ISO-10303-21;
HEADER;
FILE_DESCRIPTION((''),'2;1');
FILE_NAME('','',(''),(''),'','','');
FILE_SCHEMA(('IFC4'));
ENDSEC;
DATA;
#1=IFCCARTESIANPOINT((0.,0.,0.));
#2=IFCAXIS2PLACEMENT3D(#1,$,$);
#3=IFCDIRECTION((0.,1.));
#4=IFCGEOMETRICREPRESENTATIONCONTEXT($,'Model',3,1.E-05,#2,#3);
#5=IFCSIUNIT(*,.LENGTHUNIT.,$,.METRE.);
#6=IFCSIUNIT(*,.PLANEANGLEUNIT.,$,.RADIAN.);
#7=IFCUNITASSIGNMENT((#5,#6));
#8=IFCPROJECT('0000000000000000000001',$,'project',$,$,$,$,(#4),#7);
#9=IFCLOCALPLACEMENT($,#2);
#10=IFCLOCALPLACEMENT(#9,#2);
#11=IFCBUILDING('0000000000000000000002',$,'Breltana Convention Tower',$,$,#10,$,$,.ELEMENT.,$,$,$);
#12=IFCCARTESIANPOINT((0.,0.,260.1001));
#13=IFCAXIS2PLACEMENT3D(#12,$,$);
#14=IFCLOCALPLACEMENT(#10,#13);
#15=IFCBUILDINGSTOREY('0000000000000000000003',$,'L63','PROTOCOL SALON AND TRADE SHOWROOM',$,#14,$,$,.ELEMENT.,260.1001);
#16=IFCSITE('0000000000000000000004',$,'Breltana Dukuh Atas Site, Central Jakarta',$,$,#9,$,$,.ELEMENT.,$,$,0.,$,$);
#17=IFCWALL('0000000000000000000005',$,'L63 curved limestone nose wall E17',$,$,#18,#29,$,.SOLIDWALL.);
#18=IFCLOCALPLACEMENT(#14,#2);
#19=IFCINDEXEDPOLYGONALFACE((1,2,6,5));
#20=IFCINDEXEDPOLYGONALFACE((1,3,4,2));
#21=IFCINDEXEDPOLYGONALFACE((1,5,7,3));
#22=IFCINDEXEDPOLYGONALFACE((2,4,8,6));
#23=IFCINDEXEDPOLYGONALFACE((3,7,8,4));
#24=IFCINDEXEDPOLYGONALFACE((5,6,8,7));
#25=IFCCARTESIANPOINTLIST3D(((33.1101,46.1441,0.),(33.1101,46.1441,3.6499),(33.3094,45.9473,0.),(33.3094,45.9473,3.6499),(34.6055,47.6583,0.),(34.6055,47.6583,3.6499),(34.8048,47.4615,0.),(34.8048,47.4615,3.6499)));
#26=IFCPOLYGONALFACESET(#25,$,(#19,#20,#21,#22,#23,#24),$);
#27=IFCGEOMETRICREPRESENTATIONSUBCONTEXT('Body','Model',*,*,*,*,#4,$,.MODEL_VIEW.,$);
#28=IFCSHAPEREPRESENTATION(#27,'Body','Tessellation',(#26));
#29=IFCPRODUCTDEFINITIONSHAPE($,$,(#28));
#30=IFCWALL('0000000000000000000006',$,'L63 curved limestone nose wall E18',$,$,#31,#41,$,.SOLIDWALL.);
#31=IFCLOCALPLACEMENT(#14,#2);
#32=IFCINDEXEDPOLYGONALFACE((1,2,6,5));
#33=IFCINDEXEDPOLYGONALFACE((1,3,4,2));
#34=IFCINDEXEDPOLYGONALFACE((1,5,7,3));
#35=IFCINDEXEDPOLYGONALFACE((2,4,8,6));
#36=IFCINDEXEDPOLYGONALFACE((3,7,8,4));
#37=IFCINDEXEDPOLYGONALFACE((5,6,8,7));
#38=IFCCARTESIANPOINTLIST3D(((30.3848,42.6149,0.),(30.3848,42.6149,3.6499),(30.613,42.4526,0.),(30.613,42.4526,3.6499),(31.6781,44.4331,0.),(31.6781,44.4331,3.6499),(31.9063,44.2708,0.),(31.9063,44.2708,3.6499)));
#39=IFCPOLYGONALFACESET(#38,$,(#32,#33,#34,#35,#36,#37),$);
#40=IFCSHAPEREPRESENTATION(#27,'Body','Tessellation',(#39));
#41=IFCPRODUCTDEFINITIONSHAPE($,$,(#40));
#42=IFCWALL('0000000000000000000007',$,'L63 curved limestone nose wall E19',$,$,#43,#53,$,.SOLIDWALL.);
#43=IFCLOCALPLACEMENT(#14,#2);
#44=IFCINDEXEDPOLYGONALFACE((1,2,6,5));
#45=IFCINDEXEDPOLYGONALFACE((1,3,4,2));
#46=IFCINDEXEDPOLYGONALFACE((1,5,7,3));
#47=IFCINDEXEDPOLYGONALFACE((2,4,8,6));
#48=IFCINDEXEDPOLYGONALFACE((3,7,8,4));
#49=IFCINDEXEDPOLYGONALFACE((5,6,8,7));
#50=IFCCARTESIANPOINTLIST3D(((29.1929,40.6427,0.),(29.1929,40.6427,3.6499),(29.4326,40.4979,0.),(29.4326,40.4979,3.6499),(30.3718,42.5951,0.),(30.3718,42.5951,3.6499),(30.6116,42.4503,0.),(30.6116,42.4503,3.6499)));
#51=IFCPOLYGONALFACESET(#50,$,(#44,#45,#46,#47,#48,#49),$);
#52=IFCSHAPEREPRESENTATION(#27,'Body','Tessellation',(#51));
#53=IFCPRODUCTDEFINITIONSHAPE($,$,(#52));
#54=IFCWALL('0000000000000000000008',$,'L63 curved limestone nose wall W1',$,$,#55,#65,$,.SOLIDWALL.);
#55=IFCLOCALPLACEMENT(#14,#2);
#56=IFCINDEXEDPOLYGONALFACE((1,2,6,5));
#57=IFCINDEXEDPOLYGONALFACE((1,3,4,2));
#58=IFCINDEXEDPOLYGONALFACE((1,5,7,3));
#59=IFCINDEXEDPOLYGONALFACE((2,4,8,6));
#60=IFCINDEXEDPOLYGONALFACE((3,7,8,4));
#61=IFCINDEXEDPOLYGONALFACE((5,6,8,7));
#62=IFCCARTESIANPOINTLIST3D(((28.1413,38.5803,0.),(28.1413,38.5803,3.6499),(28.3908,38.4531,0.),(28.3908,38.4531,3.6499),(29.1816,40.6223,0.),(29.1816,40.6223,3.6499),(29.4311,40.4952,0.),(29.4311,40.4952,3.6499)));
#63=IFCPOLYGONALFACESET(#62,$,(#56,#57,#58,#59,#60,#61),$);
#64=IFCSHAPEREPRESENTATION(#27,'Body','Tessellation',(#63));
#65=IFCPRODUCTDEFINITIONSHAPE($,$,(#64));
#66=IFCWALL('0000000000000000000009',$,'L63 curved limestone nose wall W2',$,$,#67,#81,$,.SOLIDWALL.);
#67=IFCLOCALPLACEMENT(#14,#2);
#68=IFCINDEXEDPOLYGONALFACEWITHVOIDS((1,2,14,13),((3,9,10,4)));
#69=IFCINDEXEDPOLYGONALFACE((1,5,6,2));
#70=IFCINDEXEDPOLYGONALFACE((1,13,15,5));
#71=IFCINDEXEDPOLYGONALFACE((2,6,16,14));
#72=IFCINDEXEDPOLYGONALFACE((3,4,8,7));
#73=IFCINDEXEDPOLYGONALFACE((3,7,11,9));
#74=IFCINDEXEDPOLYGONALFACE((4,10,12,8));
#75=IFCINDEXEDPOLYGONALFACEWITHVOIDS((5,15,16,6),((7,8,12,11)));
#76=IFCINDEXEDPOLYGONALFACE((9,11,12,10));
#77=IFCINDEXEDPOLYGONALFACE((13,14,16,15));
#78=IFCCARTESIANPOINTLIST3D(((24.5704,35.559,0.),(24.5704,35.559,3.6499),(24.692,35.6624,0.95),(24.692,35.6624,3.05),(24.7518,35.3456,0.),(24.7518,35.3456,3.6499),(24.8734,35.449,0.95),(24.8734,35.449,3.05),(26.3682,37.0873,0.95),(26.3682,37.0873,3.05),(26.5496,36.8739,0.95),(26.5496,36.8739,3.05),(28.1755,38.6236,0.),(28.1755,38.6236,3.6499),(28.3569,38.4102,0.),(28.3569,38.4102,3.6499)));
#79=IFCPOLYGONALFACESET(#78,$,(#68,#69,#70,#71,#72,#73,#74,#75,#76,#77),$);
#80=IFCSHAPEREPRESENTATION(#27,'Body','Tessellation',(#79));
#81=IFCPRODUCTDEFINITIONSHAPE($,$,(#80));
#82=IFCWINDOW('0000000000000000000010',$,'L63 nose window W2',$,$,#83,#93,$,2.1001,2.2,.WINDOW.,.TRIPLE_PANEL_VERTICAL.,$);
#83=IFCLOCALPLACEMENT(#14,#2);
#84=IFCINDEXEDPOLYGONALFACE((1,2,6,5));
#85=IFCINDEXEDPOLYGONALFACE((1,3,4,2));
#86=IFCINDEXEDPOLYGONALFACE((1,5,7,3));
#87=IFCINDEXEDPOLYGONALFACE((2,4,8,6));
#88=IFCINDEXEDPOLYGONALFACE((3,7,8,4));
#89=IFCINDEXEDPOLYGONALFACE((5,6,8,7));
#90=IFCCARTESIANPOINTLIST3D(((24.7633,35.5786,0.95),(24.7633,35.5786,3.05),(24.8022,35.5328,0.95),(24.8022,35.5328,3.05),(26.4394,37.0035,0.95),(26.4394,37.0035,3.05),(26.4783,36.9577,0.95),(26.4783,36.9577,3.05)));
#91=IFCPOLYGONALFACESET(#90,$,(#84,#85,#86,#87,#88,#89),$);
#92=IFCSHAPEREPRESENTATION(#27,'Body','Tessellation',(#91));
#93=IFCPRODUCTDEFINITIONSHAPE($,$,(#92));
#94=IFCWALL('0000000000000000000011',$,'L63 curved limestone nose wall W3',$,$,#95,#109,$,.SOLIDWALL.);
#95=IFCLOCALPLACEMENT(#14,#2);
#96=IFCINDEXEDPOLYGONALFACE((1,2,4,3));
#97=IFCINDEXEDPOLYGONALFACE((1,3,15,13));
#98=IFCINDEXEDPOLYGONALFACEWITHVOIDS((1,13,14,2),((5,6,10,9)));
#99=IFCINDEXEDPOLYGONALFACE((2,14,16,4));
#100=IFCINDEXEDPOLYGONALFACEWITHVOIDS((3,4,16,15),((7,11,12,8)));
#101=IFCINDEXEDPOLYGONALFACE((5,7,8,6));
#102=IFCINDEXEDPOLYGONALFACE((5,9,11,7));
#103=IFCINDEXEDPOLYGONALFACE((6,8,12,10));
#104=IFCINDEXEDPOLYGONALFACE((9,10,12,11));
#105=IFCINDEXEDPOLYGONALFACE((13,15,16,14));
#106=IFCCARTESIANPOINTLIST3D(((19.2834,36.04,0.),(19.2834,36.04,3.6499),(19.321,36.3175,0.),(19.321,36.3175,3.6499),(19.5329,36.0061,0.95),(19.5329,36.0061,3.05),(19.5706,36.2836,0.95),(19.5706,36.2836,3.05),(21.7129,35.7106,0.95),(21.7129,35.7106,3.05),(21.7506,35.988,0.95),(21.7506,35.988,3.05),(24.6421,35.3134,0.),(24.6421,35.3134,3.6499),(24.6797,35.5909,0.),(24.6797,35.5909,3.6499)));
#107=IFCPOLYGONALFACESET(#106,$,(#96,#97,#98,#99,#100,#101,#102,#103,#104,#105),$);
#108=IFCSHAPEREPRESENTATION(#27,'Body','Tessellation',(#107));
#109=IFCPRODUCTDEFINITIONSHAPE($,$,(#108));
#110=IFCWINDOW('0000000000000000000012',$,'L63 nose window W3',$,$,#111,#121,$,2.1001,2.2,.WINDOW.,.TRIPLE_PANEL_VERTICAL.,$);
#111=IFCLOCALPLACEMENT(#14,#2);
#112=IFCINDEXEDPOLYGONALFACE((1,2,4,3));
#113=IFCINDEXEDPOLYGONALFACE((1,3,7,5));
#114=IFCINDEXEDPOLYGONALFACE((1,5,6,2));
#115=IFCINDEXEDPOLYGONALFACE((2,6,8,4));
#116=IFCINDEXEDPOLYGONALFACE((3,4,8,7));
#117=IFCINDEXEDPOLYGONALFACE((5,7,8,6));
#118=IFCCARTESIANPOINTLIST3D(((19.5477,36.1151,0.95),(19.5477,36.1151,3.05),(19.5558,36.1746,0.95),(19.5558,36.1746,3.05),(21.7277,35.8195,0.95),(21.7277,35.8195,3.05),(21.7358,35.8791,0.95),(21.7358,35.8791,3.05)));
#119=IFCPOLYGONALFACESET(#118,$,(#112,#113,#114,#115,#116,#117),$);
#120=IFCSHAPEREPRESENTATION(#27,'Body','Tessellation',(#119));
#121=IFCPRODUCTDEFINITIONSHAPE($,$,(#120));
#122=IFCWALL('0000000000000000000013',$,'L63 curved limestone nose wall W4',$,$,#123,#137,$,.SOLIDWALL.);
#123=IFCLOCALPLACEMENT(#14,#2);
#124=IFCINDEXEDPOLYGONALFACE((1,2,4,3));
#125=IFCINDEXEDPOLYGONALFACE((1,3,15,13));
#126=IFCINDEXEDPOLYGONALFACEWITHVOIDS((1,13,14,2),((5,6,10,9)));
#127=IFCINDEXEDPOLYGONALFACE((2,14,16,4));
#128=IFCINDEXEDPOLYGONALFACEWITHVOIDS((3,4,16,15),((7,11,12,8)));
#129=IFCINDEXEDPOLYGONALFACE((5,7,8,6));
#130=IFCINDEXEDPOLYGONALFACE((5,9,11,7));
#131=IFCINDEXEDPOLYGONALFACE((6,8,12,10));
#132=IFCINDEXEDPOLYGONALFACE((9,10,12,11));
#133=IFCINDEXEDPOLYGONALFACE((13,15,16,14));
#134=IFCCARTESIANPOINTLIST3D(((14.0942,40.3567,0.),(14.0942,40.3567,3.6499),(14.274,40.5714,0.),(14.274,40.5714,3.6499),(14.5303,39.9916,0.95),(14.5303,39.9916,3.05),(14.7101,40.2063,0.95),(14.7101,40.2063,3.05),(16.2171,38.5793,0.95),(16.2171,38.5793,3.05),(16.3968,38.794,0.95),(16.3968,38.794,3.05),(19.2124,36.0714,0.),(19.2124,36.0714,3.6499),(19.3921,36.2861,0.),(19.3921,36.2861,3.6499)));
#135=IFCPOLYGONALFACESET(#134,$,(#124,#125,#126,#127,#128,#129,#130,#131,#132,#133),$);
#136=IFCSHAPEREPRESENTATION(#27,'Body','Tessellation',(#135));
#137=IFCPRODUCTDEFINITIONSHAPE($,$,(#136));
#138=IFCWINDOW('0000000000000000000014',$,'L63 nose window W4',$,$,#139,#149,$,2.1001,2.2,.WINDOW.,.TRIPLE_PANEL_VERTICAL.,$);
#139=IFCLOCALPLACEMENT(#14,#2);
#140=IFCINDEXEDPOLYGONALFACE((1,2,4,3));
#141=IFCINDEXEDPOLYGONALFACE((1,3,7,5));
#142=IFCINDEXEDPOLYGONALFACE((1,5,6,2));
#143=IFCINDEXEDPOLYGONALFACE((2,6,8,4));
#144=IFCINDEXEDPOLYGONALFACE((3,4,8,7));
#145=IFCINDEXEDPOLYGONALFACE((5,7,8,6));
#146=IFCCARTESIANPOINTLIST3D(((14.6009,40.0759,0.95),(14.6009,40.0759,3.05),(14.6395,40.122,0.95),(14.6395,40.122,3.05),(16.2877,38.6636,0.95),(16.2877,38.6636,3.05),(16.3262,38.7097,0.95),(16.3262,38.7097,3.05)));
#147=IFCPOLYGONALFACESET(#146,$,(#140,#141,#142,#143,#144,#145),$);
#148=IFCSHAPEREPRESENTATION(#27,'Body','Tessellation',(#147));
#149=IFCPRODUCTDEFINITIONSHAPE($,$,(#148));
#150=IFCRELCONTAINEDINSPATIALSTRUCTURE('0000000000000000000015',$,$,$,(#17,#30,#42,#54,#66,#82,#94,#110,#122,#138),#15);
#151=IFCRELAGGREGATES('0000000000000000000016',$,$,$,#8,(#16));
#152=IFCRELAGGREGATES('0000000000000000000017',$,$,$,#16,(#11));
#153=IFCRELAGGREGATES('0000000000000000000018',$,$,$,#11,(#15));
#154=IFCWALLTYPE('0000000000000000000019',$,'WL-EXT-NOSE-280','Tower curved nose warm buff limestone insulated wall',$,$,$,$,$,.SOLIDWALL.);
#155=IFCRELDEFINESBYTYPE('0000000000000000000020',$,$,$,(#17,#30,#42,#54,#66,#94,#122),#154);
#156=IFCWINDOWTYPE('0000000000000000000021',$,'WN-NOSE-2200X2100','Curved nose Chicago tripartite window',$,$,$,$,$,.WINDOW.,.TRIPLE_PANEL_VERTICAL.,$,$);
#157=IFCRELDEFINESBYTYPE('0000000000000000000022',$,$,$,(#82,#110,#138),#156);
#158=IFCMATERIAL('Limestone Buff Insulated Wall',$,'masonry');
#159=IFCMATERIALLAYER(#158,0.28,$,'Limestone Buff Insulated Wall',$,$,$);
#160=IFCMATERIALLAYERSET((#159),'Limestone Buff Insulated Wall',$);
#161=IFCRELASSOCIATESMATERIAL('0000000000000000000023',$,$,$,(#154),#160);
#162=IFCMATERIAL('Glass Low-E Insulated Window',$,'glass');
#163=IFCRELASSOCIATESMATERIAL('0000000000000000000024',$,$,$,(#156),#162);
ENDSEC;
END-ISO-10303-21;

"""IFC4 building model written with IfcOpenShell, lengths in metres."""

from ifc_helpers import new_model, si_unit, direction, frame, frame_2d, origin, place, context, subcontext, project, spatial, rectangle, extrude, source, transform, mapped, material, layer, layer_set, type_object, type_shapes, element, fill, save


model = new_model("IFC4")

# Units and contexts
model_context = context("Model", 3, precision=1e-05, world=origin(), true_north=direction((0.0, 1.0)))
body_context = subcontext(model_context, "Body", "Model", "MODEL_VIEW")
ifc_project = project(units=[si_unit("LENGTHUNIT", "METRE"), si_unit("PLANEANGLEUNIT", "RADIAN")], contexts=[model_context])

# Site, building, storey
site_placement = place(None, origin())
site = spatial("IfcSite", under=ifc_project, at=site_placement, Name="Breltana Dukuh Atas Site, Central Jakarta", CompositionType="ELEMENT", RefElevation=0.0)
building_placement = place(site_placement, origin())
building = spatial("IfcBuilding", under=site, at=building_placement, Name="Breltana Convention Tower", CompositionType="ELEMENT")
storey_placement = place(building_placement, frame((0.0, 0.0, 260.1001)))
storey = spatial("IfcBuildingStorey", under=building, at=storey_placement, Name="L63", Description="PROTOCOL SALON AND TRADE SHOWROOM", CompositionType="ELEMENT", Elevation=260.1001)

# Walls
ifc_material_1 = material(Name="Limestone Buff Insulated Wall", Category="masonry")
ifc_layer_1 = layer(ifc_material_1, 0.28, Name="Limestone Buff Insulated Wall")
ifc_layer_set_1 = layer_set([ifc_layer_1], Name="Limestone Buff Insulated Wall")
wall_type_1 = type_object("IfcWallType", Name="WL-EXT-NOSE-280", Description="Tower curved nose warm buff limestone insulated wall", PredefinedType="SOLIDWALL", material=ifc_layer_set_1)
shared_shape_1 = source(origin(), body_context, "Body", "SweptSolid", [
    extrude(rectangle(XDim=2.1282, YDim=0.28, at=frame_2d((1.064, 0.0))), origin(), (0.0, 0.0, 1.0), 3.6499),
])
wall_1_placement = place(storey_placement, frame((34.7051, 47.5598, 0.0), z_axis=(0.0, 0.0, 1.0), x_axis=(-0.702676, -0.71151, 0.0)))
element("IfcWall", 1, at=wall_1_placement, inside=storey, type_object=wall_type_1, Name="L63 curved limestone nose wall E17", PredefinedType="SOLIDWALL", context=body_context, shape_type="MappedRepresentation", body=[
    mapped(shared_shape_1, transform((0.0, 0.0, 0.0), scale=1.0)),
])
shared_shape_2 = source(origin(), body_context, "Body", "SweptSolid", [
    extrude(rectangle(XDim=2.2312, YDim=0.28, at=frame_2d((1.1157, 0.0))), origin(), (0.0, 0.0, 1.0), 3.6499),
])
wall_2_placement = place(storey_placement, frame((31.7922, 44.3521, 0.0), z_axis=(0.0, 0.0, 1.0), x_axis=(-0.579622, -0.814885, 0.0)))
element("IfcWall", 2, at=wall_2_placement, inside=storey, type_object=wall_type_1, Name="L63 curved limestone nose wall E18", PredefinedType="SOLIDWALL", context=body_context, shape_type="MappedRepresentation", body=[
    mapped(shared_shape_2, transform((0.0, 0.0, 0.0), scale=1.0)),
])
shared_shape_3 = source(origin(), body_context, "Body", "SweptSolid", [
    extrude(rectangle(XDim=2.2808, YDim=0.28, at=frame_2d((1.1404, 0.0))), origin(), (0.0, 0.0, 1.0), 3.6499),
])
wall_3_placement = place(storey_placement, frame((30.4917, 42.5227, 0.0), z_axis=(0.0, 0.0, 1.0), x_axis=(-0.516918, -0.856035, 0.0)))
element("IfcWall", 3, at=wall_3_placement, inside=storey, type_object=wall_type_1, Name="L63 curved limestone nose wall E19", PredefinedType="SOLIDWALL", context=body_context, shape_type="MappedRepresentation", body=[
    mapped(shared_shape_3, transform((0.0, 0.0, 0.0), scale=1.0)),
])
shared_shape_4 = source(origin(), body_context, "Body", "SweptSolid", [
    extrude(rectangle(XDim=2.2917, YDim=0.28, at=frame_2d((1.146, 0.0))), origin(), (0.0, 0.0, 1.0), 3.6499),
])
wall_4_placement = place(storey_placement, frame((29.3064, 40.5588, 0.0), z_axis=(0.0, 0.0, 1.0), x_axis=(-0.453934, -0.891035, 0.0)))
element("IfcWall", 4, at=wall_4_placement, inside=storey, type_object=wall_type_1, Name="L63 curved limestone nose wall W1", PredefinedType="SOLIDWALL", context=body_context, shape_type="MappedRepresentation", body=[
    mapped(shared_shape_4, transform((0.0, 0.0, 0.0), scale=1.0)),
])

# Walls, openings, windows
shared_shape_5 = source(origin(), body_context, "Body", "SweptSolid", [
    extrude(rectangle(XDim=4.7317, YDim=0.28, at=frame_2d((2.3657, 0.0))), origin(), (0.0, 0.0, 1.0), 3.6499),
])
wall_5_placement = place(storey_placement, frame((28.2661, 38.5168, 0.0), z_axis=(0.0, 0.0, 1.0), x_axis=(-0.761913, -0.64768, 0.0)))
wall_5 = element("IfcWall", 5, at=wall_5_placement, inside=storey, type_object=wall_type_1, Name="L63 curved limestone nose wall W2", PredefinedType="SOLIDWALL", context=body_context, shape_type="MappedRepresentation", body=[
    mapped(shared_shape_5, transform((0.0, 0.0, 0.0), scale=1.0)),
])
opening_1_placement = place(wall_5_placement, frame((2.3718, 0.0, 0.95)))
opening_1 = element("IfcOpeningElement", 6, at=opening_1_placement, cuts=wall_5, PredefinedType="OPENING", context=body_context, shape_type="SweptSolid", body=[
    extrude(rectangle(XDim=2.2, YDim=2.1001, at=frame_2d((1.1001, 1.05))), frame((0.0, 0.1499, 0.0), z_axis=(0.0, -1.0, 0.0), x_axis=(1.0, 0.0, 0.0)), (0.0, 0.0, 1.0), 0.3),
])
ifc_material_2 = material(Name="Glass Low-E Insulated Window", Category="glass")
window_type = type_object("IfcWindowType", Name="WN-NOSE-2200X2100", Description="Curved nose Chicago tripartite window", PartitioningType="TRIPLE_PANEL_VERTICAL", PredefinedType="WINDOW", material=ifc_material_2)
shared_shape_6 = source(origin(), body_context, "Body", "SweptSolid", [
    extrude(rectangle(XDim=2.2, YDim=2.1001, at=frame_2d((1.1001, 1.05))), frame((0.0, 0.03, 0.0), z_axis=(0.0, -1.0, 0.0), x_axis=(1.0, 0.0, 0.0)), (0.0, 0.0, 1.0), 0.0601),
])
type_shapes(window_type, [shared_shape_6])
window_1_placement = place(opening_1_placement, origin())
window_1 = element("IfcWindow", 7, at=window_1_placement, inside=storey, type_object=window_type, Name="L63 nose window W2", OverallHeight=2.1001, OverallWidth=2.2, PartitioningType="TRIPLE_PANEL_VERTICAL", PredefinedType="WINDOW", context=body_context, shape_type="MappedRepresentation", body=[
    mapped(shared_shape_6, transform((0.0, 0.0, 0.0), scale=1.0)),
])
fill(opening_1, window_1)
shared_shape_7 = source(origin(), body_context, "Body", "SweptSolid", [
    extrude(rectangle(XDim=5.4077, YDim=0.28, at=frame_2d((2.7039, 0.0))), origin(), (0.0, 0.0, 1.0), 3.6499),
])
wall_6_placement = place(storey_placement, frame((24.6609, 35.4521, 0.0), z_axis=(0.0, 0.0, 1.0), x_axis=(-0.990933, 0.134358, 0.0)))
wall_6 = element("IfcWall", 8, at=wall_6_placement, inside=storey, type_object=wall_type_1, Name="L63 curved limestone nose wall W3", PredefinedType="SOLIDWALL", context=body_context, shape_type="MappedRepresentation", body=[
    mapped(shared_shape_7, transform((0.0, 0.0, 0.0), scale=1.0)),
])
opening_2_placement = place(wall_6_placement, frame((2.9558, 0.0, 0.95)))
opening_2 = element("IfcOpeningElement", 9, at=opening_2_placement, cuts=wall_6, PredefinedType="OPENING", context=body_context, shape_type="SweptSolid", body=[
    extrude(rectangle(XDim=2.2, YDim=2.1001, at=frame_2d((1.1001, 1.05))), frame((0.0, 0.1499, 0.0), z_axis=(0.0, -1.0, 0.0), x_axis=(1.0, 0.0, 0.0)), (0.0, 0.0, 1.0), 0.3),
])
window_2_placement = place(opening_2_placement, origin())
window_2 = element("IfcWindow", 10, at=window_2_placement, inside=storey, type_object=window_type, Name="L63 nose window W3", OverallHeight=2.1001, OverallWidth=2.2, PartitioningType="TRIPLE_PANEL_VERTICAL", PredefinedType="WINDOW", context=body_context, shape_type="MappedRepresentation", body=[
    mapped(shared_shape_6, transform((0.0, 0.0, 0.0), scale=1.0)),
])
fill(opening_2, window_2)
shared_shape_8 = source(origin(), body_context, "Body", "SweptSolid", [
    extrude(rectangle(XDim=6.6753, YDim=0.28, at=frame_2d((3.3376, 0.0))), origin(), (0.0, 0.0, 1.0), 3.6499),
])
wall_7_placement = place(storey_placement, frame((19.3022, 36.1787, 0.0), z_axis=(0.0, 0.0, 1.0), x_axis=(-0.766726, 0.641974, 0.0)))
wall_7 = element("IfcWall", 11, at=wall_7_placement, inside=storey, type_object=wall_type_1, Name="L63 curved limestone nose wall W4", PredefinedType="SOLIDWALL", context=body_context, shape_type="MappedRepresentation", body=[
    mapped(shared_shape_8, transform((0.0, 0.0, 0.0), scale=1.0)),
])
opening_3_placement = place(wall_7_placement, frame((3.9065, 0.0, 0.95)))
opening_3 = element("IfcOpeningElement", 12, at=opening_3_placement, cuts=wall_7, PredefinedType="OPENING", context=body_context, shape_type="SweptSolid", body=[
    extrude(rectangle(XDim=2.2, YDim=2.1001, at=frame_2d((1.1001, 1.05))), frame((0.0, 0.1499, 0.0), z_axis=(0.0, -1.0, 0.0), x_axis=(1.0, 0.0, 0.0)), (0.0, 0.0, 1.0), 0.3),
])
window_3_placement = place(opening_3_placement, origin())
window_3 = element("IfcWindow", 13, at=window_3_placement, inside=storey, type_object=window_type, Name="L63 nose window W4", OverallHeight=2.1001, OverallWidth=2.2, PartitioningType="TRIPLE_PANEL_VERTICAL", PredefinedType="WINDOW", context=body_context, shape_type="MappedRepresentation", body=[
    mapped(shared_shape_6, transform((0.0, 0.0, 0.0), scale=1.0)),
])
fill(opening_3, window_3)

save(model, "model.ifc")
